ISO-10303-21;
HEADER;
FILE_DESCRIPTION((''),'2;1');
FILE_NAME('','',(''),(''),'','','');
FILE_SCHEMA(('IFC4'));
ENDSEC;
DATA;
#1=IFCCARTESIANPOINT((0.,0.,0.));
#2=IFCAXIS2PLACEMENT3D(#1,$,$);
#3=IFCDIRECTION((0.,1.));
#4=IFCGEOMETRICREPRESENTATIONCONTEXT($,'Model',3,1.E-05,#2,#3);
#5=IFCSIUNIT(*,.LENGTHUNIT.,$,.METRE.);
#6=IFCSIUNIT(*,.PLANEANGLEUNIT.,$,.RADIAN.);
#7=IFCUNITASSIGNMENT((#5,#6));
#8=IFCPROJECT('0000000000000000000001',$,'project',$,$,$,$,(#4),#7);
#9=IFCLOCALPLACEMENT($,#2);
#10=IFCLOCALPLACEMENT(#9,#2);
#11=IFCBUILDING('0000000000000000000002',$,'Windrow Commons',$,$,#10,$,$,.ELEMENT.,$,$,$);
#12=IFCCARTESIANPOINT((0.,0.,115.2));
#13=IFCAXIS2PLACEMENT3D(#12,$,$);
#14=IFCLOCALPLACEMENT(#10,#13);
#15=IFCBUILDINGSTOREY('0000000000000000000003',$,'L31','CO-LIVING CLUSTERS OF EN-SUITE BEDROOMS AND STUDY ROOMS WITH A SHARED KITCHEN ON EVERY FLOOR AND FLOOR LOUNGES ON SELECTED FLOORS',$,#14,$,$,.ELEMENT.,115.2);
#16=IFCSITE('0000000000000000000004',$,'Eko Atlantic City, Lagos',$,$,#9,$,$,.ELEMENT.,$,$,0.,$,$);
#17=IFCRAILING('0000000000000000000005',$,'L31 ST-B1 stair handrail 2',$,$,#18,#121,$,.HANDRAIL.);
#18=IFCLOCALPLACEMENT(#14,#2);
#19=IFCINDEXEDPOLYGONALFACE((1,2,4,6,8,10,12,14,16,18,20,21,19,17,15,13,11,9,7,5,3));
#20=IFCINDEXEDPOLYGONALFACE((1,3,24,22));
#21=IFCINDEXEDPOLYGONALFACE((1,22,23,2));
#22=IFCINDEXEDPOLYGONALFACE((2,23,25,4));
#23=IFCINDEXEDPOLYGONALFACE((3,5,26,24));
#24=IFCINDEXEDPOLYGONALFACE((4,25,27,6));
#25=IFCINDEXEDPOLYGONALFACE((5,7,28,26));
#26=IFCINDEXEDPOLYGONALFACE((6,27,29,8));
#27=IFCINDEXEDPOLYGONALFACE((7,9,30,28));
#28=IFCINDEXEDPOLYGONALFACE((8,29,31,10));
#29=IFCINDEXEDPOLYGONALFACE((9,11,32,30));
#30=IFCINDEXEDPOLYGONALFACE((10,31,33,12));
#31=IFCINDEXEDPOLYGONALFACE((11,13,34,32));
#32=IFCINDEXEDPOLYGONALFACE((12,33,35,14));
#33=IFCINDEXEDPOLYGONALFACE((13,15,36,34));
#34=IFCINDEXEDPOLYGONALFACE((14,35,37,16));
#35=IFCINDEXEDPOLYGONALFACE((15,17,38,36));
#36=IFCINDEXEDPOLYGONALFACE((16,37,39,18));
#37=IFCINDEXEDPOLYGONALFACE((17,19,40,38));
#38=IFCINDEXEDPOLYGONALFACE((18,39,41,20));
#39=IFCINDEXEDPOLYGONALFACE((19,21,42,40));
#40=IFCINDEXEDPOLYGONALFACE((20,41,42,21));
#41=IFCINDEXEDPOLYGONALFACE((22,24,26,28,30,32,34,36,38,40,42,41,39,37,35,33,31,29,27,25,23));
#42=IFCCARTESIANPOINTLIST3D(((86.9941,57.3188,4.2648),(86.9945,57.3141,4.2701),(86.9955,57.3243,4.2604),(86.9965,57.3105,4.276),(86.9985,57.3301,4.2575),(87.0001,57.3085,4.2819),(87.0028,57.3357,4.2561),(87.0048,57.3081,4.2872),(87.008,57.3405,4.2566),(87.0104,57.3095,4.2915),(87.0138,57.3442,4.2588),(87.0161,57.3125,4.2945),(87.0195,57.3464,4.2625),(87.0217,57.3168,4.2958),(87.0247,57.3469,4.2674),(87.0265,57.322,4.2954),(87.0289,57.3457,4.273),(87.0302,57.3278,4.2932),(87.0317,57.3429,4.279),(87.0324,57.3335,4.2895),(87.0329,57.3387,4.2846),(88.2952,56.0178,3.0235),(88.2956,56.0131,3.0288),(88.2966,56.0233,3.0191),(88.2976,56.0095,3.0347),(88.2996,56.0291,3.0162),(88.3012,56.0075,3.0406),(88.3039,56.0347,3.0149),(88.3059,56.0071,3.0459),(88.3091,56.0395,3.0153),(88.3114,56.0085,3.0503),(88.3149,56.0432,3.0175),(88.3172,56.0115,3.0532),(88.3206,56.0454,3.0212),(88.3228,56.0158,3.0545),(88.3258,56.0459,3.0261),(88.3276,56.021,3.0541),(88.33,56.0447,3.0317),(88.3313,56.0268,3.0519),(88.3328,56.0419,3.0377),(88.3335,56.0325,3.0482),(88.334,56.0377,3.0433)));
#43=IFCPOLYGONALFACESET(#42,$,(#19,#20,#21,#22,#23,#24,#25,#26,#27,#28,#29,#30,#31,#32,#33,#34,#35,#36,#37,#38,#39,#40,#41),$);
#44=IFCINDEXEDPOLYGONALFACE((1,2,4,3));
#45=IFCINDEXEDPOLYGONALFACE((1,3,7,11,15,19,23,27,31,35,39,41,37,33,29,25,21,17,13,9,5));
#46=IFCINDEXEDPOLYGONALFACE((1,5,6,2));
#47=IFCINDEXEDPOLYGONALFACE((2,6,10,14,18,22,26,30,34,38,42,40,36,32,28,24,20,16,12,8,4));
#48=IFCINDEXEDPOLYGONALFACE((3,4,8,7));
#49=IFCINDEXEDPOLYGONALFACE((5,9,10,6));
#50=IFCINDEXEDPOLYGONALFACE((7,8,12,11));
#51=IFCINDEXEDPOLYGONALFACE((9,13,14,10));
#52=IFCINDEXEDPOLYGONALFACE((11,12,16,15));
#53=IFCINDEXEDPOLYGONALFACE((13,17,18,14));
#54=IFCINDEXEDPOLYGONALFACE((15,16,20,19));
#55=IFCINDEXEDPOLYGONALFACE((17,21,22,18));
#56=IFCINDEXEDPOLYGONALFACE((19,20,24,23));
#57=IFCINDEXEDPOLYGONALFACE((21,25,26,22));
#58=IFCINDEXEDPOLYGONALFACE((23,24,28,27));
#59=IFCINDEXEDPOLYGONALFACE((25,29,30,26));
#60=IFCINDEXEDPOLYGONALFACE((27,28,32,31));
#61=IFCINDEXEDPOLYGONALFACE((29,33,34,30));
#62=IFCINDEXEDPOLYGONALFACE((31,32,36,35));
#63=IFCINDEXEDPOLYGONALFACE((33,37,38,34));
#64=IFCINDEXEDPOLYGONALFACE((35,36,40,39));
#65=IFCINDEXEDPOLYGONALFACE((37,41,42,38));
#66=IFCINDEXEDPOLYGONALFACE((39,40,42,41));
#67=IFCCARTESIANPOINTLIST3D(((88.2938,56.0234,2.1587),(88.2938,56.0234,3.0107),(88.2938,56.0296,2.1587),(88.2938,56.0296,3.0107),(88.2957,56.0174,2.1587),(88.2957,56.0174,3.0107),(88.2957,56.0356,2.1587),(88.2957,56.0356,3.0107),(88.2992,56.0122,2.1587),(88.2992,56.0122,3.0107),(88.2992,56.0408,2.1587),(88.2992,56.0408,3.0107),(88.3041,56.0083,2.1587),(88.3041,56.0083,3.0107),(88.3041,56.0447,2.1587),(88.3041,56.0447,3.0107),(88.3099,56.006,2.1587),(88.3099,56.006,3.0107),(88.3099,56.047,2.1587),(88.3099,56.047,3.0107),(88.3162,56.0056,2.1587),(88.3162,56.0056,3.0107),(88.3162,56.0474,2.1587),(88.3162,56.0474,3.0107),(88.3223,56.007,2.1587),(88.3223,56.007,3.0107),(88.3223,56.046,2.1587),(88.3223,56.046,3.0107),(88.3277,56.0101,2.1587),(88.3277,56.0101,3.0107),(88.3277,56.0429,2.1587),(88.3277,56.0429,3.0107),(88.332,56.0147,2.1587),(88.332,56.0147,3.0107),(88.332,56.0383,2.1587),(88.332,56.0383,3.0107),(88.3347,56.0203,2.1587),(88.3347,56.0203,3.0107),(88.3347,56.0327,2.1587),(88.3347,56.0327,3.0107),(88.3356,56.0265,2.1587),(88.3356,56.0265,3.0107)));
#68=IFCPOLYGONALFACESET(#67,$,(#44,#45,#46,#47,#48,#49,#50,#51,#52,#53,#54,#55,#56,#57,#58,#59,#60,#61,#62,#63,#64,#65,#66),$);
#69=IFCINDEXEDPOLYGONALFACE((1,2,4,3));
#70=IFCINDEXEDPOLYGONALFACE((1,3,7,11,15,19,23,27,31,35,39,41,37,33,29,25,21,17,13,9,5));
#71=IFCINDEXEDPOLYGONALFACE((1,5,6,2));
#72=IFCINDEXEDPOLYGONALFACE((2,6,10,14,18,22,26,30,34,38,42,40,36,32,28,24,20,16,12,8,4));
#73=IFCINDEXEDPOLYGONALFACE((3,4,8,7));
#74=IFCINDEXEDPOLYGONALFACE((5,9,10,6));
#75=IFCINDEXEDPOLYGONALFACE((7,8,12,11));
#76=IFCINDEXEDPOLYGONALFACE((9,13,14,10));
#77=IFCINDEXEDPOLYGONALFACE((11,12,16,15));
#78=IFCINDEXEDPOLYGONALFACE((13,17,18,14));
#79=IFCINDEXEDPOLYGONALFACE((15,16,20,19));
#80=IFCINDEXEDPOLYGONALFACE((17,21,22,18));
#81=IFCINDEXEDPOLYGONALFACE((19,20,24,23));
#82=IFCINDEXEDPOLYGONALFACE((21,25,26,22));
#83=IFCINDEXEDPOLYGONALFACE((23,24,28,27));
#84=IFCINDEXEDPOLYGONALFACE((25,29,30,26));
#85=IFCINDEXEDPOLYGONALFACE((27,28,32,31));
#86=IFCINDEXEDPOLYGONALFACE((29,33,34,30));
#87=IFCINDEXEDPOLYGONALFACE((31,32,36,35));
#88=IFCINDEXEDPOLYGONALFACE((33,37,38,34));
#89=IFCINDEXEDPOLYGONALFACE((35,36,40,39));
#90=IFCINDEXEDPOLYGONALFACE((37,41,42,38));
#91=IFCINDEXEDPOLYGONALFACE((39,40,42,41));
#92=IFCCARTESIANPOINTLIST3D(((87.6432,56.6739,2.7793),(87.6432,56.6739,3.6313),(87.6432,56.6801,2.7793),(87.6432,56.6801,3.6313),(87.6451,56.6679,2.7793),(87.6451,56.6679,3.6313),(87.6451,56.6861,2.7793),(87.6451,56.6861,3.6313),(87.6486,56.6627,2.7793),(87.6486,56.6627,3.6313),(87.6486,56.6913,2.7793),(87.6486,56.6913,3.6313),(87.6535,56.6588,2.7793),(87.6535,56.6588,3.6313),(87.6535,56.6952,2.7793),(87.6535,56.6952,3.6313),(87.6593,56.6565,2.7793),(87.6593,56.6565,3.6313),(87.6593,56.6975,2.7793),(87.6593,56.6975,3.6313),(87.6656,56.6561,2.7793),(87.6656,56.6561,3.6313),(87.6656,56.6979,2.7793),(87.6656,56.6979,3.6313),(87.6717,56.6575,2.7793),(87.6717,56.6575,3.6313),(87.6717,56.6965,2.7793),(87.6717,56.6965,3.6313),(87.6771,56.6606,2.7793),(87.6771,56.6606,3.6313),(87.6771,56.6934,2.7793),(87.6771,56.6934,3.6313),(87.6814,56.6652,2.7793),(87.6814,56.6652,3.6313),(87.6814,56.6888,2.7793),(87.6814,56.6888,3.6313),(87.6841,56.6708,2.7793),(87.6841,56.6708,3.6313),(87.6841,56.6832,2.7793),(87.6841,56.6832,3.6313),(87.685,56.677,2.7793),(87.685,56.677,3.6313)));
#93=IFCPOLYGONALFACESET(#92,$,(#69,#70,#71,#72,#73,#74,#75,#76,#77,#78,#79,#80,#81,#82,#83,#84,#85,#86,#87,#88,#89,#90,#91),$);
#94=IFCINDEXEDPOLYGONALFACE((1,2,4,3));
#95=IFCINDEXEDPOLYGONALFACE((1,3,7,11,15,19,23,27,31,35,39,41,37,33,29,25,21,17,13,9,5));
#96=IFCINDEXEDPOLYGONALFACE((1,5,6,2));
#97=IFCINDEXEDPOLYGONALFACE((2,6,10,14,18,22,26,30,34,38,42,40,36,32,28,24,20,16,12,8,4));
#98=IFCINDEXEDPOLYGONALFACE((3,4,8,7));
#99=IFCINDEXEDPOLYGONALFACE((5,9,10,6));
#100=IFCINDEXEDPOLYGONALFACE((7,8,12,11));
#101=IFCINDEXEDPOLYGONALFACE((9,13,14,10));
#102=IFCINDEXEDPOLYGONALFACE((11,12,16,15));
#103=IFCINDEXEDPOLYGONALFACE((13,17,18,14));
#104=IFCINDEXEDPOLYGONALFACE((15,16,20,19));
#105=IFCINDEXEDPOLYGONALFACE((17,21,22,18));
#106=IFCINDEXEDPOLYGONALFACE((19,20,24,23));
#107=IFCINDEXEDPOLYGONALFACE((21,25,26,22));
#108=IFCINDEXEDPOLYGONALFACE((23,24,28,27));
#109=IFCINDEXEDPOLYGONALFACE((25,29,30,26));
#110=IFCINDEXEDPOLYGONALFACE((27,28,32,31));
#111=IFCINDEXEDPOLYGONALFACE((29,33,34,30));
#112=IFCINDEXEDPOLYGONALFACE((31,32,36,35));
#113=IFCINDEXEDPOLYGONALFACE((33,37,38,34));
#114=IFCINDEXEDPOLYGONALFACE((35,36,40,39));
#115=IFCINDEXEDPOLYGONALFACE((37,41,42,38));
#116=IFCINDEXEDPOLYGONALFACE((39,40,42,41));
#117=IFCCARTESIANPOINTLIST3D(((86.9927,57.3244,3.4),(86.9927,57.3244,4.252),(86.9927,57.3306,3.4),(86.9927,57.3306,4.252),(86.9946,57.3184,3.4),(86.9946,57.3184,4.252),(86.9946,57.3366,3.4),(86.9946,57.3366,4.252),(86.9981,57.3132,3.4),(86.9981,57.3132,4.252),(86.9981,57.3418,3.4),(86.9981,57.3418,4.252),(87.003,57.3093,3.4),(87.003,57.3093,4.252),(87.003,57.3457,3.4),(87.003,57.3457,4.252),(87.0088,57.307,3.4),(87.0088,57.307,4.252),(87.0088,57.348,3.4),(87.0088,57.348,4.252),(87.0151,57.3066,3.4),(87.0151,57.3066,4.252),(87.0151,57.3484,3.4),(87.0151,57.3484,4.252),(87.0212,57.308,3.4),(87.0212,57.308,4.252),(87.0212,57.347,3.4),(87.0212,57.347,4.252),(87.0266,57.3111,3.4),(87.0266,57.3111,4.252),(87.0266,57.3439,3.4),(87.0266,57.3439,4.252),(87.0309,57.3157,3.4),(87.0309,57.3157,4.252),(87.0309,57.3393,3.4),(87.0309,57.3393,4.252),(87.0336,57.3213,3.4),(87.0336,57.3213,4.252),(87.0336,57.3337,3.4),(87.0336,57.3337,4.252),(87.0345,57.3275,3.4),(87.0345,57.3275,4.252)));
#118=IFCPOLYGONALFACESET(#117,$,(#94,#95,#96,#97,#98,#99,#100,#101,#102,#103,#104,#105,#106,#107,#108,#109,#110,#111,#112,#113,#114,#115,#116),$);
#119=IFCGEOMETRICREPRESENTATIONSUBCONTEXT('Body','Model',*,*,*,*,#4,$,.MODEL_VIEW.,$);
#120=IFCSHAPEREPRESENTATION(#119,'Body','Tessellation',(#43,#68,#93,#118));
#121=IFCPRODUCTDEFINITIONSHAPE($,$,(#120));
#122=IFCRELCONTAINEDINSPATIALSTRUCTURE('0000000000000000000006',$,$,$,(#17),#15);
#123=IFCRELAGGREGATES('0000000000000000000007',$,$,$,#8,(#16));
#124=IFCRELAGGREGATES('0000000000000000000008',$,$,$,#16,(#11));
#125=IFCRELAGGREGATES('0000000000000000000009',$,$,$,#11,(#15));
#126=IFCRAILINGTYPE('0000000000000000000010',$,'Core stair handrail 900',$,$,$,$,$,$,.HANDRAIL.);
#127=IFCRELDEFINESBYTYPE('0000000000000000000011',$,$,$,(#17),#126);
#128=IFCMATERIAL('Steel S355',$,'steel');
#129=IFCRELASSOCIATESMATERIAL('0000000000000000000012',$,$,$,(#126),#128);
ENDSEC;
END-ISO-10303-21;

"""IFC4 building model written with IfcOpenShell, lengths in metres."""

from ifc_helpers import new_model, si_unit, direction, frame, origin, origin_2d, place, context, subcontext, project, spatial, circle, extrude, material, type_object, element, save


model = new_model("IFC4")

# Units and contexts
model_context = context("Model", 3, precision=1e-05, world=origin(), true_north=direction((0.0, 1.0)))
body_context = subcontext(model_context, "Body", "Model", "MODEL_VIEW")
ifc_project = project(units=[si_unit("LENGTHUNIT", "METRE"), si_unit("PLANEANGLEUNIT", "RADIAN")], contexts=[model_context])

# Site, building, storey
site_placement = place(None, origin())
site = spatial("IfcSite", under=ifc_project, at=site_placement, Name="Eko Atlantic City, Lagos", CompositionType="ELEMENT", RefElevation=0.0)
building_placement = place(site_placement, origin())
building = spatial("IfcBuilding", under=site, at=building_placement, Name="Windrow Commons", CompositionType="ELEMENT")
storey_placement = place(building_placement, frame((0.0, 0.0, 115.2)))
storey = spatial("IfcBuildingStorey", under=building, at=storey_placement, Name="L31", Description="CO-LIVING CLUSTERS OF EN-SUITE BEDROOMS AND STUDY ROOMS WITH A SHARED KITCHEN ON EVERY FLOOR AND FLOOR LOUNGES ON SELECTED FLOORS", CompositionType="ELEMENT", Elevation=115.2)

# Railing
ifc_material_1 = material(Name="Steel S355", Category="steel")
railing_type_1 = type_object("IfcRailingType", Name="Core stair handrail 900", PredefinedType="HANDRAIL", material=ifc_material_1)
railing_1_placement = place(storey_placement, frame((88.3146, 56.0265, 2.1587)))
element("IfcRailing", 1, at=railing_1_placement, inside=storey, type_object=railing_type_1, Name="L31 ST-B1 stair handrail 2", PredefinedType="HANDRAIL", context=body_context, shape_type="SweptSolid", body=[
    extrude(circle(Radius=0.024, at=origin_2d()), frame((0.0, 0.0, 0.876), z_axis=(-0.586207, 0.586162, 0.559264), x_axis=(-0.70708, -0.707134, 0.0)), (0.0, 0.0, 1.0), 2.2195),
    extrude(circle(Radius=0.021, at=origin_2d()), origin(), (0.0, 0.0, 1.0), 0.852),
    extrude(circle(Radius=0.021, at=origin_2d()), frame((-0.6506, 0.6505, 0.6206)), (0.0, 0.0, 1.0), 0.852),
    extrude(circle(Radius=0.021, at=origin_2d()), frame((-1.3011, 1.301, 1.2413)), (0.0, 0.0, 1.0), 0.852),
])

save(model, "model.ifc")
